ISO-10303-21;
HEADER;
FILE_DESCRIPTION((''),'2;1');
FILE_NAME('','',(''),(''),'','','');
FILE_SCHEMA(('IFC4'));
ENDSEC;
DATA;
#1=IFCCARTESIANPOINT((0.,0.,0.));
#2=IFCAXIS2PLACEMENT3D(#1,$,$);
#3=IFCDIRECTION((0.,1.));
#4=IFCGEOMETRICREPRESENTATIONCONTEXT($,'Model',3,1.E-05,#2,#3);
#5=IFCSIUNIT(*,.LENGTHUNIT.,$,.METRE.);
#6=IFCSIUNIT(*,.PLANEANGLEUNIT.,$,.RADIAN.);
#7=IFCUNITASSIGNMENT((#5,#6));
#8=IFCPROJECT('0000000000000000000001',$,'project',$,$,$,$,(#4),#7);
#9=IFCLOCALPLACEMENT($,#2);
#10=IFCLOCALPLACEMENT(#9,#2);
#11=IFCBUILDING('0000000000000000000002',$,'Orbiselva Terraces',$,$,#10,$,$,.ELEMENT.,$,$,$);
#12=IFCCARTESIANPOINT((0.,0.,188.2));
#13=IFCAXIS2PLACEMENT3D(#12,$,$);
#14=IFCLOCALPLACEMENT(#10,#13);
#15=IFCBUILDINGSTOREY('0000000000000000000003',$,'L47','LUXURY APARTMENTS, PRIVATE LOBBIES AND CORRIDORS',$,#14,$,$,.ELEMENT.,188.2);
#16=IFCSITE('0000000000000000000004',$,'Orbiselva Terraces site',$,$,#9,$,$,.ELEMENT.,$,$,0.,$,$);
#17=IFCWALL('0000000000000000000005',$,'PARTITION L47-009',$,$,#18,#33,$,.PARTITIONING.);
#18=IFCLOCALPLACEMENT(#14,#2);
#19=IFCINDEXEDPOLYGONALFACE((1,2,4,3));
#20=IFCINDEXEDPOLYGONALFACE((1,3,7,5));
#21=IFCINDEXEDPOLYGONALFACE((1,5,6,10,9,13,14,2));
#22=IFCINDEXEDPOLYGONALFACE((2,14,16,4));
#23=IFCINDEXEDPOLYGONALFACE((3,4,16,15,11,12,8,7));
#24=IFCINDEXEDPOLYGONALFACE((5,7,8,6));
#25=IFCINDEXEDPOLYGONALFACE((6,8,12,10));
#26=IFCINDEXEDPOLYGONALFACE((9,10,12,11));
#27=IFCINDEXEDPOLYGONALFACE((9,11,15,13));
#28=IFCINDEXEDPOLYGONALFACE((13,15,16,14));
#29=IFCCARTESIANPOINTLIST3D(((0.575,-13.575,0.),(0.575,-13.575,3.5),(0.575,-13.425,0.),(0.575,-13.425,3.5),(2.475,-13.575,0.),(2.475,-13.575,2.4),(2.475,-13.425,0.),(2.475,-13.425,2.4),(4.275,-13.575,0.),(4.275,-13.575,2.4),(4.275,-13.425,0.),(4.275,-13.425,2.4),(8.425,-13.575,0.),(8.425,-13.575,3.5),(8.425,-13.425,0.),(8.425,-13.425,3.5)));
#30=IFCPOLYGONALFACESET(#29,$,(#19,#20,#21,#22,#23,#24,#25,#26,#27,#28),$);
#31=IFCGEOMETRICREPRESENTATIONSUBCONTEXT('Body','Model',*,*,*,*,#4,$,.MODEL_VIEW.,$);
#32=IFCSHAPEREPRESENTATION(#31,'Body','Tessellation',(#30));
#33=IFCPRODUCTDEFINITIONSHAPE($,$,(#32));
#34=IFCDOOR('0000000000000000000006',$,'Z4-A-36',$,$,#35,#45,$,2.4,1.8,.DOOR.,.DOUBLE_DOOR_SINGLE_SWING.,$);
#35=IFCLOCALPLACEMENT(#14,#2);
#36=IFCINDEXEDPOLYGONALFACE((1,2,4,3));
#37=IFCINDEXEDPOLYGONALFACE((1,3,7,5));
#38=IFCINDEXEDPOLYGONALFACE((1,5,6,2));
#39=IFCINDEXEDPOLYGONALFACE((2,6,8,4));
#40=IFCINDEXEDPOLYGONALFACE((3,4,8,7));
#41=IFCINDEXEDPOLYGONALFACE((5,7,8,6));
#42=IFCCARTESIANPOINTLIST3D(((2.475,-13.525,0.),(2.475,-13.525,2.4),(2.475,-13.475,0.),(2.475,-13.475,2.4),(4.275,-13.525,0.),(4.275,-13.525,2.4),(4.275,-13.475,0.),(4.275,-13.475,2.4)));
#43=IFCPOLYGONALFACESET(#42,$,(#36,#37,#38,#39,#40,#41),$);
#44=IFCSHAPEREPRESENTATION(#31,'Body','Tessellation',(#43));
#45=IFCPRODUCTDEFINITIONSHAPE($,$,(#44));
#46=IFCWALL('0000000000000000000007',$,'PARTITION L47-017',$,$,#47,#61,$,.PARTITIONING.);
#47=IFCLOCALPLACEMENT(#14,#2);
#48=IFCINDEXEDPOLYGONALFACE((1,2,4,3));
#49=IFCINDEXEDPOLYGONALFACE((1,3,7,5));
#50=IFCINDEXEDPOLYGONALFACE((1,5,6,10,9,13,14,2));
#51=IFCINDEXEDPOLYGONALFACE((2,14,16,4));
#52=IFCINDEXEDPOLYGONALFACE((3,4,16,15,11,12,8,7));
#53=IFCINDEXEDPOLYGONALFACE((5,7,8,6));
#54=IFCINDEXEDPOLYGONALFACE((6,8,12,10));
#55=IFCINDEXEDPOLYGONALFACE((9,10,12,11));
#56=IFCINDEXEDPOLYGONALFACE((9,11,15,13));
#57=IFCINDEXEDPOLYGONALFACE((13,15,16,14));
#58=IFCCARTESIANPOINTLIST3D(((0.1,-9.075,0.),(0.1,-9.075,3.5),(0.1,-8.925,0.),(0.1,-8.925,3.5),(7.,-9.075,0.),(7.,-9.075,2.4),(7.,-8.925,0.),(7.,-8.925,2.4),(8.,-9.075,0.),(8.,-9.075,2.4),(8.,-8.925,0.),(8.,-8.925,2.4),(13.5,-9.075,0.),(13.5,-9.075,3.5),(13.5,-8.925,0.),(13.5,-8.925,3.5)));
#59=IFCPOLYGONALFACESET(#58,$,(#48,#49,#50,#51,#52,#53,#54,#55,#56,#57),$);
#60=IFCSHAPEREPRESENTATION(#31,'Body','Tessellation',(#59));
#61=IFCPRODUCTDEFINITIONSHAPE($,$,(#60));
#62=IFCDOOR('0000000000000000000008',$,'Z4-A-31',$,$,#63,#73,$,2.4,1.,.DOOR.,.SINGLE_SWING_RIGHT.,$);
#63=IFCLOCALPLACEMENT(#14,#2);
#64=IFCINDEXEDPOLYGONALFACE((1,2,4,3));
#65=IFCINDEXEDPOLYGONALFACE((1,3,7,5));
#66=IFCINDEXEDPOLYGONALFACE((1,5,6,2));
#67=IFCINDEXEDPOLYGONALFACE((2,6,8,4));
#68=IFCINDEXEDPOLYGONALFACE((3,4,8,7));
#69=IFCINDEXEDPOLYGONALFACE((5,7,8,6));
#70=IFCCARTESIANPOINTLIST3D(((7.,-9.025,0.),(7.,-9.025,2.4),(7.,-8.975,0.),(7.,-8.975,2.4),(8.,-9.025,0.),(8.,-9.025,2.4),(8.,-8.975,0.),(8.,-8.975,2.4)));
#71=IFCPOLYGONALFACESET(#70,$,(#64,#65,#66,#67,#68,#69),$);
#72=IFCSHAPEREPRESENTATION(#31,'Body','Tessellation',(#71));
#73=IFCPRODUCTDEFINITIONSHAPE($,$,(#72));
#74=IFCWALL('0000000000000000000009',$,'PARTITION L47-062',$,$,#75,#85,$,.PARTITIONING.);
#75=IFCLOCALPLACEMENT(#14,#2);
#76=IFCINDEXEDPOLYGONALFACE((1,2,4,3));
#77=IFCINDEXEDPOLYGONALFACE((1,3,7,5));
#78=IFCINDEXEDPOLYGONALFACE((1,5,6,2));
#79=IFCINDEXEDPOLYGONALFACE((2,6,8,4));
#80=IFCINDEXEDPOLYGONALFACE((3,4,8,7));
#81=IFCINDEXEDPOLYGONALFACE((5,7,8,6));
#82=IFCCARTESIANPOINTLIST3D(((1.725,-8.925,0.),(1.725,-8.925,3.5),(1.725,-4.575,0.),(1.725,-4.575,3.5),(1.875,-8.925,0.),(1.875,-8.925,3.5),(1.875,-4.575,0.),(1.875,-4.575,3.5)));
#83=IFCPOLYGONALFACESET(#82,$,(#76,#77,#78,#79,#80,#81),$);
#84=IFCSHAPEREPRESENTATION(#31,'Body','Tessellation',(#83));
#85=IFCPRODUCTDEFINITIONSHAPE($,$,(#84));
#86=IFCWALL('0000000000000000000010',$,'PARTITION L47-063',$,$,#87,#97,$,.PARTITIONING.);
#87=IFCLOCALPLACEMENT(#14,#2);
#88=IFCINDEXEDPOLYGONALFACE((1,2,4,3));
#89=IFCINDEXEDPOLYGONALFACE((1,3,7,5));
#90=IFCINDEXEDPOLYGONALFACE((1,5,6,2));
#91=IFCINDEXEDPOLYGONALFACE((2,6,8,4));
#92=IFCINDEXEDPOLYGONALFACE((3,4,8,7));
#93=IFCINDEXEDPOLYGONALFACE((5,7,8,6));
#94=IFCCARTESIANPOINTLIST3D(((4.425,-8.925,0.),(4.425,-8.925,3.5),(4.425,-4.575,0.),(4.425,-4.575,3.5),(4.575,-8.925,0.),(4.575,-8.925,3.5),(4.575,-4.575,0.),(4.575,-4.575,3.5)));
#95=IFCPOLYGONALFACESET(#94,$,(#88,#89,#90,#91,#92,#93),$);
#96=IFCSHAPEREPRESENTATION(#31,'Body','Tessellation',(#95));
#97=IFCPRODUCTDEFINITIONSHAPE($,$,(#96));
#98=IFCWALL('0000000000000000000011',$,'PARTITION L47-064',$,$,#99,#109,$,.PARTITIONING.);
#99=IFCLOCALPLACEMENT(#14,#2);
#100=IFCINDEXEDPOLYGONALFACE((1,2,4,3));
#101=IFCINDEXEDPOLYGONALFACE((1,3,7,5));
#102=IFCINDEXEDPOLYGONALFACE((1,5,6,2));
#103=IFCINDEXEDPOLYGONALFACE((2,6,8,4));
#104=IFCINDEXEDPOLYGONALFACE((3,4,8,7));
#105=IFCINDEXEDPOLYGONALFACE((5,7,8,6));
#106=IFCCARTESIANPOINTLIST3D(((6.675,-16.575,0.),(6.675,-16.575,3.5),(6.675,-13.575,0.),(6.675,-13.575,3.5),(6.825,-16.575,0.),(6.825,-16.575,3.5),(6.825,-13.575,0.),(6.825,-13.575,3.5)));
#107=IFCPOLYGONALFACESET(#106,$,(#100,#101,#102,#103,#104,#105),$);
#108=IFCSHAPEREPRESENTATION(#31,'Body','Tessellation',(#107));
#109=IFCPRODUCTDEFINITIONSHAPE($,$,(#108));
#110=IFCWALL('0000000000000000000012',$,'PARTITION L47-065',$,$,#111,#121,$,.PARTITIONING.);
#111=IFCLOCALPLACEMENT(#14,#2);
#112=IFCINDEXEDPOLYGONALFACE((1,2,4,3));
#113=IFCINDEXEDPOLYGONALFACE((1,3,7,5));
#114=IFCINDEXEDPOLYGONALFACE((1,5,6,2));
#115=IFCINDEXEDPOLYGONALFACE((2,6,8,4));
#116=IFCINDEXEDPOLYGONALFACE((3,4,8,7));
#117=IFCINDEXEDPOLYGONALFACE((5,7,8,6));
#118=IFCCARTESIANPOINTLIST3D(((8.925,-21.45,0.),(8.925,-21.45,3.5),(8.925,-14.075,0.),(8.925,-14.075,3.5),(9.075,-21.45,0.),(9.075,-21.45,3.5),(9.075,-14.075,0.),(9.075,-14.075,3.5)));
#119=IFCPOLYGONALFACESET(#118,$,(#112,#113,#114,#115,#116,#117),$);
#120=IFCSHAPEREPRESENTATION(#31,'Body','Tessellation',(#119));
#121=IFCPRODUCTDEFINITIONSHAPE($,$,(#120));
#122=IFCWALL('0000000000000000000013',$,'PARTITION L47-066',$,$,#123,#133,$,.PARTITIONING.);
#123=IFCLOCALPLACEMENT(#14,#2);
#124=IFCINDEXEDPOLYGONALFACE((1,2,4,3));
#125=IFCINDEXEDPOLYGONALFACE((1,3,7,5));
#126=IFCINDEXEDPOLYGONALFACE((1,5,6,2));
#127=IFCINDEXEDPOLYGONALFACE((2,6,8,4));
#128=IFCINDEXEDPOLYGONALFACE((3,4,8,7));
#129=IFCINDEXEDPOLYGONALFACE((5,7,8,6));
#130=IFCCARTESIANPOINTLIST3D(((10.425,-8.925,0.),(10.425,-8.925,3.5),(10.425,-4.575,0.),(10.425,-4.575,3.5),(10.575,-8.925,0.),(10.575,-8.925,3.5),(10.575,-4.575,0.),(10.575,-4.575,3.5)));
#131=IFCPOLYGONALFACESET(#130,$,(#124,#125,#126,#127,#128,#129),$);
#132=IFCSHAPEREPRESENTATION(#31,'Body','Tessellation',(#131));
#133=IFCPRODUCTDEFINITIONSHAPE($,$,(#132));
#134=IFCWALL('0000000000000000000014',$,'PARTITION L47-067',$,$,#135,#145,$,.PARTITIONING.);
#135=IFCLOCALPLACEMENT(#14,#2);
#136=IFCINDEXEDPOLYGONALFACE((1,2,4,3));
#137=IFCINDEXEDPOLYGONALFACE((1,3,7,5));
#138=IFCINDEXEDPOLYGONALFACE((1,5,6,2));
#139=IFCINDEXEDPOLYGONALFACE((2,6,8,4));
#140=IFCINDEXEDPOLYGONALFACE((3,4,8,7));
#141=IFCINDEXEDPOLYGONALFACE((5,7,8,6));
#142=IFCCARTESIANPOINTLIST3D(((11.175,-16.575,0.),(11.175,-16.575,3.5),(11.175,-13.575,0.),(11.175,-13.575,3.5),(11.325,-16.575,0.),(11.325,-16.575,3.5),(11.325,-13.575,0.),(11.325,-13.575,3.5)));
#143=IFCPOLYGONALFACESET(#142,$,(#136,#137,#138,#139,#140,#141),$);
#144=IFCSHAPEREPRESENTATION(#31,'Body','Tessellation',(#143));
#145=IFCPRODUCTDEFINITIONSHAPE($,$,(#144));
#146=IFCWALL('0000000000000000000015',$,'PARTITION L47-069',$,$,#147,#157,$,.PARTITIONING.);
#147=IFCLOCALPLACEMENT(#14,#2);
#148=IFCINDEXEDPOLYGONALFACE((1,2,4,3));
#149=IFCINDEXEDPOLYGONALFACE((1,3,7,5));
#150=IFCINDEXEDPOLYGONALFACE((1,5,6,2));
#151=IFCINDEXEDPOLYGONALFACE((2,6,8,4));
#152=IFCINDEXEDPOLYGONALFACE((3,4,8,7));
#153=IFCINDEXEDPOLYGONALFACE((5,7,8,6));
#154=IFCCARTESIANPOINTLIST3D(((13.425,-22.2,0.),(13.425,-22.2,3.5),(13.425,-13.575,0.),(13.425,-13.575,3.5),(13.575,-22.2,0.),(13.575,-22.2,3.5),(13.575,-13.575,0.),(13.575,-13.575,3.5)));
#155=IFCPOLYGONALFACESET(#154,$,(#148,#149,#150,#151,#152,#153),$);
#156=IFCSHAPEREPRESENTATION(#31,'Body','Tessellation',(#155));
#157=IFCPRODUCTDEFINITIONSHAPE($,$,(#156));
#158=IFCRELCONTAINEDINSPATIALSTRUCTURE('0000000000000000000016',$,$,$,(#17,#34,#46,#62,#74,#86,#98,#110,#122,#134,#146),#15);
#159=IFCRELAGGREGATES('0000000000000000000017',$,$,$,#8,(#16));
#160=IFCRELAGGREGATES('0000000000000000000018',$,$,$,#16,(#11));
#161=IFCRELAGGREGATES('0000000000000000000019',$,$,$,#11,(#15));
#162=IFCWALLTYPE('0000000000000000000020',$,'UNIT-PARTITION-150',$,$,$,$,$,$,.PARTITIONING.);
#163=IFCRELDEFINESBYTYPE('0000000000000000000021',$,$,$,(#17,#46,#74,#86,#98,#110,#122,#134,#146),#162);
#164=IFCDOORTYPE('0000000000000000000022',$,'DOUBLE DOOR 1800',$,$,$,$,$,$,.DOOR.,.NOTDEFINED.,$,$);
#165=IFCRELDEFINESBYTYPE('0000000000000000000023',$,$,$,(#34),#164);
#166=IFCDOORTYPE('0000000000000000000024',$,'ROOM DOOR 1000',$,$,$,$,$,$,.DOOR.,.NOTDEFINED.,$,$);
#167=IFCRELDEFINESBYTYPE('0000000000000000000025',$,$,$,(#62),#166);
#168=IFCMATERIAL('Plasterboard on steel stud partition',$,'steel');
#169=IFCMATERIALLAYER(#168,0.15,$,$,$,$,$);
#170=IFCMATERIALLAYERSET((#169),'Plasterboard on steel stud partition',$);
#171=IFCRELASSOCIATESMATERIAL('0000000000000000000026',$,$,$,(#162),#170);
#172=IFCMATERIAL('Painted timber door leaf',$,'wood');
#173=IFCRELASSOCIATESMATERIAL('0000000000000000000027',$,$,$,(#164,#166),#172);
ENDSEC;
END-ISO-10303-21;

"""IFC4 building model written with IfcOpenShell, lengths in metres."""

from ifc_helpers import new_model, si_unit, direction, frame, frame_2d, origin, place, context, subcontext, project, spatial, rectangle, extrude, material, layer, layer_set, type_object, element, fill, save


model = new_model("IFC4")

# Units and contexts
model_context = context("Model", 3, precision=1e-05, world=origin(), true_north=direction((0.0, 1.0)))
body_context = subcontext(model_context, "Body", "Model", "MODEL_VIEW")
ifc_project = project(units=[si_unit("LENGTHUNIT", "METRE"), si_unit("PLANEANGLEUNIT", "RADIAN")], contexts=[model_context])

# Site, building, storey
site_placement = place(None, origin())
site = spatial("IfcSite", under=ifc_project, at=site_placement, Name="Orbiselva Terraces site", CompositionType="ELEMENT", RefElevation=0.0)
building_placement = place(site_placement, origin())
building = spatial("IfcBuilding", under=site, at=building_placement, Name="Orbiselva Terraces", CompositionType="ELEMENT")
storey_placement = place(building_placement, frame((0.0, 0.0, 188.2)))
storey = spatial("IfcBuildingStorey", under=building, at=storey_placement, Name="L47", Description="LUXURY APARTMENTS, PRIVATE LOBBIES AND CORRIDORS", CompositionType="ELEMENT", Elevation=188.2)

# Shared definitions
ifc_material_1 = material(Name="Plasterboard on steel stud partition", Category="steel")

# Walls, openings, doors
ifc_layer_1 = layer(ifc_material_1, 0.15)
ifc_layer_set_1 = layer_set([ifc_layer_1], Name="Plasterboard on steel stud partition")
wall_type_1 = type_object("IfcWallType", Name="UNIT-PARTITION-150", PredefinedType="PARTITIONING", material=ifc_layer_set_1)
ifc_material_2 = material(Name="Painted timber door leaf", Category="wood")
wall_1_placement = place(storey_placement, frame((8.425, -13.5, 0.0), z_axis=(0.0, 0.0, 1.0), x_axis=(-1.0, 0.0, 0.0)))
wall_1 = element("IfcWall", 1, at=wall_1_placement, inside=storey, type_object=wall_type_1, Name="PARTITION L47-009", PredefinedType="PARTITIONING", context=body_context, shape_type="SweptSolid", body=[
    extrude(rectangle(XDim=7.85, YDim=0.15, at=frame_2d((3.925, 0.0))), origin(), (0.0, 0.0, 1.0), 3.5),
])
opening_1_placement = place(wall_1_placement, frame((4.15, 0.0, 0.0)))
opening_1 = element("IfcOpeningElement", 2, at=opening_1_placement, cuts=wall_1, PredefinedType="OPENING", context=body_context, shape_type="SweptSolid", body=[
    extrude(rectangle(XDim=1.8, YDim=2.4, at=frame_2d((0.9, 1.2))), frame((0.0, 0.085, 0.0), z_axis=(0.0, -1.0, 0.0), x_axis=(1.0, 0.0, 0.0)), (0.0, 0.0, 1.0), 0.17),
])
door_type_1 = type_object("IfcDoorType", Name="DOUBLE DOOR 1800", OperationType="NOTDEFINED", PredefinedType="DOOR", material=ifc_material_2)
door_1_placement = place(opening_1_placement, origin())
door_1 = element("IfcDoor", 3, at=door_1_placement, inside=storey, type_object=door_type_1, Name="Z4-A-36", OperationType="DOUBLE_DOOR_SINGLE_SWING", OverallHeight=2.4, OverallWidth=1.8, PredefinedType="DOOR", context=body_context, shape_type="SweptSolid", body=[
    extrude(rectangle(XDim=1.8, YDim=2.4, at=frame_2d((0.9, 1.2))), frame((0.0, 0.025, 0.0), z_axis=(0.0, -1.0, 0.0), x_axis=(1.0, 0.0, 0.0)), (0.0, 0.0, 1.0), 0.05),
])
fill(opening_1, door_1)
wall_2_placement = place(storey_placement, frame((0.1, -9.0, 0.0), z_axis=(0.0, 0.0, 1.0), x_axis=(1.0, 0.0, 0.0)))
wall_2 = element("IfcWall", 4, at=wall_2_placement, inside=storey, type_object=wall_type_1, Name="PARTITION L47-017", PredefinedType="PARTITIONING", context=body_context, shape_type="SweptSolid", body=[
    extrude(rectangle(XDim=13.4, YDim=0.15, at=frame_2d((6.7, 0.0))), origin(), (0.0, 0.0, 1.0), 3.5),
])
opening_2_placement = place(wall_2_placement, frame((6.9, 0.0, 0.0)))
opening_2 = element("IfcOpeningElement", 5, at=opening_2_placement, cuts=wall_2, PredefinedType="OPENING", context=body_context, shape_type="SweptSolid", body=[
    extrude(rectangle(XDim=1.0, YDim=2.4, at=frame_2d((0.5, 1.2))), frame((0.0, 0.085, 0.0), z_axis=(0.0, -1.0, 0.0), x_axis=(1.0, 0.0, 0.0)), (0.0, 0.0, 1.0), 0.17),
])
door_type_2 = type_object("IfcDoorType", Name="ROOM DOOR 1000", OperationType="NOTDEFINED", PredefinedType="DOOR", material=ifc_material_2)
door_2_placement = place(opening_2_placement, origin())
door_2 = element("IfcDoor", 6, at=door_2_placement, inside=storey, type_object=door_type_2, Name="Z4-A-31", OperationType="SINGLE_SWING_RIGHT", OverallHeight=2.4, OverallWidth=1.0, PredefinedType="DOOR", context=body_context, shape_type="SweptSolid", body=[
    extrude(rectangle(XDim=1.0, YDim=2.4, at=frame_2d((0.5, 1.2))), frame((0.0, 0.025, 0.0), z_axis=(0.0, -1.0, 0.0), x_axis=(1.0, 0.0, 0.0)), (0.0, 0.0, 1.0), 0.05),
])
fill(opening_2, door_2)

# Walls
for number, where, z_axis, x_axis, name in (
    (7, (1.8, -8.925, 0.0), (0.0, 0.0, 1.0), (0.0, 1.0, 0.0), "PARTITION L47-062"),
    (8, (4.5, -8.925, 0.0), (0.0, 0.0, 1.0), (0.0, 1.0, 0.0), "PARTITION L47-063"),
):
    element("IfcWall", number, at=place(storey_placement, frame(where, z_axis=z_axis, x_axis=x_axis)), inside=storey, type_object=wall_type_1, Name=name, PredefinedType="PARTITIONING", context=body_context, shape_type="SweptSolid", body=[
        extrude(rectangle(XDim=4.35, YDim=0.15, at=frame_2d((2.175, 0.0))), origin(), (0.0, 0.0, 1.0), 3.5),
    ])
wall_3_placement = place(storey_placement, frame((6.75, -16.575, 0.0), z_axis=(0.0, 0.0, 1.0), x_axis=(0.0, 1.0, 0.0)))
element("IfcWall", 9, at=wall_3_placement, inside=storey, type_object=wall_type_1, Name="PARTITION L47-064", PredefinedType="PARTITIONING", context=body_context, shape_type="SweptSolid", body=[
    extrude(rectangle(XDim=3.0, YDim=0.15, at=frame_2d((1.5, 0.0))), origin(), (0.0, 0.0, 1.0), 3.5),
])
wall_4_placement = place(storey_placement, frame((9.0, -21.45, 0.0), z_axis=(0.0, 0.0, 1.0), x_axis=(0.0, 1.0, 0.0)))
element("IfcWall", 10, at=wall_4_placement, inside=storey, type_object=wall_type_1, Name="PARTITION L47-065", PredefinedType="PARTITIONING", context=body_context, shape_type="SweptSolid", body=[
    extrude(rectangle(XDim=7.375, YDim=0.15, at=frame_2d((3.6875, 0.0))), origin(), (0.0, 0.0, 1.0), 3.5),
])
wall_5_placement = place(storey_placement, frame((10.5, -8.925, 0.0), z_axis=(0.0, 0.0, 1.0), x_axis=(0.0, 1.0, 0.0)))
element("IfcWall", 11, at=wall_5_placement, inside=storey, type_object=wall_type_1, Name="PARTITION L47-066", PredefinedType="PARTITIONING", context=body_context, shape_type="SweptSolid", body=[
    extrude(rectangle(XDim=4.35, YDim=0.15, at=frame_2d((2.175, 0.0))), origin(), (0.0, 0.0, 1.0), 3.5),
])
wall_6_placement = place(storey_placement, frame((11.25, -16.575, 0.0), z_axis=(0.0, 0.0, 1.0), x_axis=(0.0, 1.0, 0.0)))
element("IfcWall", 12, at=wall_6_placement, inside=storey, type_object=wall_type_1, Name="PARTITION L47-067", PredefinedType="PARTITIONING", context=body_context, shape_type="SweptSolid", body=[
    extrude(rectangle(XDim=3.0, YDim=0.15, at=frame_2d((1.5, 0.0))), origin(), (0.0, 0.0, 1.0), 3.5),
])
wall_7_placement = place(storey_placement, frame((13.5, -22.2, 0.0), z_axis=(0.0, 0.0, 1.0), x_axis=(0.0, 1.0, 0.0)))
element("IfcWall", 13, at=wall_7_placement, inside=storey, type_object=wall_type_1, Name="PARTITION L47-069", PredefinedType="PARTITIONING", context=body_context, shape_type="SweptSolid", body=[
    extrude(rectangle(XDim=8.625, YDim=0.15, at=frame_2d((4.3125, 0.0))), origin(), (0.0, 0.0, 1.0), 3.5),
])

save(model, "model.ifc")
